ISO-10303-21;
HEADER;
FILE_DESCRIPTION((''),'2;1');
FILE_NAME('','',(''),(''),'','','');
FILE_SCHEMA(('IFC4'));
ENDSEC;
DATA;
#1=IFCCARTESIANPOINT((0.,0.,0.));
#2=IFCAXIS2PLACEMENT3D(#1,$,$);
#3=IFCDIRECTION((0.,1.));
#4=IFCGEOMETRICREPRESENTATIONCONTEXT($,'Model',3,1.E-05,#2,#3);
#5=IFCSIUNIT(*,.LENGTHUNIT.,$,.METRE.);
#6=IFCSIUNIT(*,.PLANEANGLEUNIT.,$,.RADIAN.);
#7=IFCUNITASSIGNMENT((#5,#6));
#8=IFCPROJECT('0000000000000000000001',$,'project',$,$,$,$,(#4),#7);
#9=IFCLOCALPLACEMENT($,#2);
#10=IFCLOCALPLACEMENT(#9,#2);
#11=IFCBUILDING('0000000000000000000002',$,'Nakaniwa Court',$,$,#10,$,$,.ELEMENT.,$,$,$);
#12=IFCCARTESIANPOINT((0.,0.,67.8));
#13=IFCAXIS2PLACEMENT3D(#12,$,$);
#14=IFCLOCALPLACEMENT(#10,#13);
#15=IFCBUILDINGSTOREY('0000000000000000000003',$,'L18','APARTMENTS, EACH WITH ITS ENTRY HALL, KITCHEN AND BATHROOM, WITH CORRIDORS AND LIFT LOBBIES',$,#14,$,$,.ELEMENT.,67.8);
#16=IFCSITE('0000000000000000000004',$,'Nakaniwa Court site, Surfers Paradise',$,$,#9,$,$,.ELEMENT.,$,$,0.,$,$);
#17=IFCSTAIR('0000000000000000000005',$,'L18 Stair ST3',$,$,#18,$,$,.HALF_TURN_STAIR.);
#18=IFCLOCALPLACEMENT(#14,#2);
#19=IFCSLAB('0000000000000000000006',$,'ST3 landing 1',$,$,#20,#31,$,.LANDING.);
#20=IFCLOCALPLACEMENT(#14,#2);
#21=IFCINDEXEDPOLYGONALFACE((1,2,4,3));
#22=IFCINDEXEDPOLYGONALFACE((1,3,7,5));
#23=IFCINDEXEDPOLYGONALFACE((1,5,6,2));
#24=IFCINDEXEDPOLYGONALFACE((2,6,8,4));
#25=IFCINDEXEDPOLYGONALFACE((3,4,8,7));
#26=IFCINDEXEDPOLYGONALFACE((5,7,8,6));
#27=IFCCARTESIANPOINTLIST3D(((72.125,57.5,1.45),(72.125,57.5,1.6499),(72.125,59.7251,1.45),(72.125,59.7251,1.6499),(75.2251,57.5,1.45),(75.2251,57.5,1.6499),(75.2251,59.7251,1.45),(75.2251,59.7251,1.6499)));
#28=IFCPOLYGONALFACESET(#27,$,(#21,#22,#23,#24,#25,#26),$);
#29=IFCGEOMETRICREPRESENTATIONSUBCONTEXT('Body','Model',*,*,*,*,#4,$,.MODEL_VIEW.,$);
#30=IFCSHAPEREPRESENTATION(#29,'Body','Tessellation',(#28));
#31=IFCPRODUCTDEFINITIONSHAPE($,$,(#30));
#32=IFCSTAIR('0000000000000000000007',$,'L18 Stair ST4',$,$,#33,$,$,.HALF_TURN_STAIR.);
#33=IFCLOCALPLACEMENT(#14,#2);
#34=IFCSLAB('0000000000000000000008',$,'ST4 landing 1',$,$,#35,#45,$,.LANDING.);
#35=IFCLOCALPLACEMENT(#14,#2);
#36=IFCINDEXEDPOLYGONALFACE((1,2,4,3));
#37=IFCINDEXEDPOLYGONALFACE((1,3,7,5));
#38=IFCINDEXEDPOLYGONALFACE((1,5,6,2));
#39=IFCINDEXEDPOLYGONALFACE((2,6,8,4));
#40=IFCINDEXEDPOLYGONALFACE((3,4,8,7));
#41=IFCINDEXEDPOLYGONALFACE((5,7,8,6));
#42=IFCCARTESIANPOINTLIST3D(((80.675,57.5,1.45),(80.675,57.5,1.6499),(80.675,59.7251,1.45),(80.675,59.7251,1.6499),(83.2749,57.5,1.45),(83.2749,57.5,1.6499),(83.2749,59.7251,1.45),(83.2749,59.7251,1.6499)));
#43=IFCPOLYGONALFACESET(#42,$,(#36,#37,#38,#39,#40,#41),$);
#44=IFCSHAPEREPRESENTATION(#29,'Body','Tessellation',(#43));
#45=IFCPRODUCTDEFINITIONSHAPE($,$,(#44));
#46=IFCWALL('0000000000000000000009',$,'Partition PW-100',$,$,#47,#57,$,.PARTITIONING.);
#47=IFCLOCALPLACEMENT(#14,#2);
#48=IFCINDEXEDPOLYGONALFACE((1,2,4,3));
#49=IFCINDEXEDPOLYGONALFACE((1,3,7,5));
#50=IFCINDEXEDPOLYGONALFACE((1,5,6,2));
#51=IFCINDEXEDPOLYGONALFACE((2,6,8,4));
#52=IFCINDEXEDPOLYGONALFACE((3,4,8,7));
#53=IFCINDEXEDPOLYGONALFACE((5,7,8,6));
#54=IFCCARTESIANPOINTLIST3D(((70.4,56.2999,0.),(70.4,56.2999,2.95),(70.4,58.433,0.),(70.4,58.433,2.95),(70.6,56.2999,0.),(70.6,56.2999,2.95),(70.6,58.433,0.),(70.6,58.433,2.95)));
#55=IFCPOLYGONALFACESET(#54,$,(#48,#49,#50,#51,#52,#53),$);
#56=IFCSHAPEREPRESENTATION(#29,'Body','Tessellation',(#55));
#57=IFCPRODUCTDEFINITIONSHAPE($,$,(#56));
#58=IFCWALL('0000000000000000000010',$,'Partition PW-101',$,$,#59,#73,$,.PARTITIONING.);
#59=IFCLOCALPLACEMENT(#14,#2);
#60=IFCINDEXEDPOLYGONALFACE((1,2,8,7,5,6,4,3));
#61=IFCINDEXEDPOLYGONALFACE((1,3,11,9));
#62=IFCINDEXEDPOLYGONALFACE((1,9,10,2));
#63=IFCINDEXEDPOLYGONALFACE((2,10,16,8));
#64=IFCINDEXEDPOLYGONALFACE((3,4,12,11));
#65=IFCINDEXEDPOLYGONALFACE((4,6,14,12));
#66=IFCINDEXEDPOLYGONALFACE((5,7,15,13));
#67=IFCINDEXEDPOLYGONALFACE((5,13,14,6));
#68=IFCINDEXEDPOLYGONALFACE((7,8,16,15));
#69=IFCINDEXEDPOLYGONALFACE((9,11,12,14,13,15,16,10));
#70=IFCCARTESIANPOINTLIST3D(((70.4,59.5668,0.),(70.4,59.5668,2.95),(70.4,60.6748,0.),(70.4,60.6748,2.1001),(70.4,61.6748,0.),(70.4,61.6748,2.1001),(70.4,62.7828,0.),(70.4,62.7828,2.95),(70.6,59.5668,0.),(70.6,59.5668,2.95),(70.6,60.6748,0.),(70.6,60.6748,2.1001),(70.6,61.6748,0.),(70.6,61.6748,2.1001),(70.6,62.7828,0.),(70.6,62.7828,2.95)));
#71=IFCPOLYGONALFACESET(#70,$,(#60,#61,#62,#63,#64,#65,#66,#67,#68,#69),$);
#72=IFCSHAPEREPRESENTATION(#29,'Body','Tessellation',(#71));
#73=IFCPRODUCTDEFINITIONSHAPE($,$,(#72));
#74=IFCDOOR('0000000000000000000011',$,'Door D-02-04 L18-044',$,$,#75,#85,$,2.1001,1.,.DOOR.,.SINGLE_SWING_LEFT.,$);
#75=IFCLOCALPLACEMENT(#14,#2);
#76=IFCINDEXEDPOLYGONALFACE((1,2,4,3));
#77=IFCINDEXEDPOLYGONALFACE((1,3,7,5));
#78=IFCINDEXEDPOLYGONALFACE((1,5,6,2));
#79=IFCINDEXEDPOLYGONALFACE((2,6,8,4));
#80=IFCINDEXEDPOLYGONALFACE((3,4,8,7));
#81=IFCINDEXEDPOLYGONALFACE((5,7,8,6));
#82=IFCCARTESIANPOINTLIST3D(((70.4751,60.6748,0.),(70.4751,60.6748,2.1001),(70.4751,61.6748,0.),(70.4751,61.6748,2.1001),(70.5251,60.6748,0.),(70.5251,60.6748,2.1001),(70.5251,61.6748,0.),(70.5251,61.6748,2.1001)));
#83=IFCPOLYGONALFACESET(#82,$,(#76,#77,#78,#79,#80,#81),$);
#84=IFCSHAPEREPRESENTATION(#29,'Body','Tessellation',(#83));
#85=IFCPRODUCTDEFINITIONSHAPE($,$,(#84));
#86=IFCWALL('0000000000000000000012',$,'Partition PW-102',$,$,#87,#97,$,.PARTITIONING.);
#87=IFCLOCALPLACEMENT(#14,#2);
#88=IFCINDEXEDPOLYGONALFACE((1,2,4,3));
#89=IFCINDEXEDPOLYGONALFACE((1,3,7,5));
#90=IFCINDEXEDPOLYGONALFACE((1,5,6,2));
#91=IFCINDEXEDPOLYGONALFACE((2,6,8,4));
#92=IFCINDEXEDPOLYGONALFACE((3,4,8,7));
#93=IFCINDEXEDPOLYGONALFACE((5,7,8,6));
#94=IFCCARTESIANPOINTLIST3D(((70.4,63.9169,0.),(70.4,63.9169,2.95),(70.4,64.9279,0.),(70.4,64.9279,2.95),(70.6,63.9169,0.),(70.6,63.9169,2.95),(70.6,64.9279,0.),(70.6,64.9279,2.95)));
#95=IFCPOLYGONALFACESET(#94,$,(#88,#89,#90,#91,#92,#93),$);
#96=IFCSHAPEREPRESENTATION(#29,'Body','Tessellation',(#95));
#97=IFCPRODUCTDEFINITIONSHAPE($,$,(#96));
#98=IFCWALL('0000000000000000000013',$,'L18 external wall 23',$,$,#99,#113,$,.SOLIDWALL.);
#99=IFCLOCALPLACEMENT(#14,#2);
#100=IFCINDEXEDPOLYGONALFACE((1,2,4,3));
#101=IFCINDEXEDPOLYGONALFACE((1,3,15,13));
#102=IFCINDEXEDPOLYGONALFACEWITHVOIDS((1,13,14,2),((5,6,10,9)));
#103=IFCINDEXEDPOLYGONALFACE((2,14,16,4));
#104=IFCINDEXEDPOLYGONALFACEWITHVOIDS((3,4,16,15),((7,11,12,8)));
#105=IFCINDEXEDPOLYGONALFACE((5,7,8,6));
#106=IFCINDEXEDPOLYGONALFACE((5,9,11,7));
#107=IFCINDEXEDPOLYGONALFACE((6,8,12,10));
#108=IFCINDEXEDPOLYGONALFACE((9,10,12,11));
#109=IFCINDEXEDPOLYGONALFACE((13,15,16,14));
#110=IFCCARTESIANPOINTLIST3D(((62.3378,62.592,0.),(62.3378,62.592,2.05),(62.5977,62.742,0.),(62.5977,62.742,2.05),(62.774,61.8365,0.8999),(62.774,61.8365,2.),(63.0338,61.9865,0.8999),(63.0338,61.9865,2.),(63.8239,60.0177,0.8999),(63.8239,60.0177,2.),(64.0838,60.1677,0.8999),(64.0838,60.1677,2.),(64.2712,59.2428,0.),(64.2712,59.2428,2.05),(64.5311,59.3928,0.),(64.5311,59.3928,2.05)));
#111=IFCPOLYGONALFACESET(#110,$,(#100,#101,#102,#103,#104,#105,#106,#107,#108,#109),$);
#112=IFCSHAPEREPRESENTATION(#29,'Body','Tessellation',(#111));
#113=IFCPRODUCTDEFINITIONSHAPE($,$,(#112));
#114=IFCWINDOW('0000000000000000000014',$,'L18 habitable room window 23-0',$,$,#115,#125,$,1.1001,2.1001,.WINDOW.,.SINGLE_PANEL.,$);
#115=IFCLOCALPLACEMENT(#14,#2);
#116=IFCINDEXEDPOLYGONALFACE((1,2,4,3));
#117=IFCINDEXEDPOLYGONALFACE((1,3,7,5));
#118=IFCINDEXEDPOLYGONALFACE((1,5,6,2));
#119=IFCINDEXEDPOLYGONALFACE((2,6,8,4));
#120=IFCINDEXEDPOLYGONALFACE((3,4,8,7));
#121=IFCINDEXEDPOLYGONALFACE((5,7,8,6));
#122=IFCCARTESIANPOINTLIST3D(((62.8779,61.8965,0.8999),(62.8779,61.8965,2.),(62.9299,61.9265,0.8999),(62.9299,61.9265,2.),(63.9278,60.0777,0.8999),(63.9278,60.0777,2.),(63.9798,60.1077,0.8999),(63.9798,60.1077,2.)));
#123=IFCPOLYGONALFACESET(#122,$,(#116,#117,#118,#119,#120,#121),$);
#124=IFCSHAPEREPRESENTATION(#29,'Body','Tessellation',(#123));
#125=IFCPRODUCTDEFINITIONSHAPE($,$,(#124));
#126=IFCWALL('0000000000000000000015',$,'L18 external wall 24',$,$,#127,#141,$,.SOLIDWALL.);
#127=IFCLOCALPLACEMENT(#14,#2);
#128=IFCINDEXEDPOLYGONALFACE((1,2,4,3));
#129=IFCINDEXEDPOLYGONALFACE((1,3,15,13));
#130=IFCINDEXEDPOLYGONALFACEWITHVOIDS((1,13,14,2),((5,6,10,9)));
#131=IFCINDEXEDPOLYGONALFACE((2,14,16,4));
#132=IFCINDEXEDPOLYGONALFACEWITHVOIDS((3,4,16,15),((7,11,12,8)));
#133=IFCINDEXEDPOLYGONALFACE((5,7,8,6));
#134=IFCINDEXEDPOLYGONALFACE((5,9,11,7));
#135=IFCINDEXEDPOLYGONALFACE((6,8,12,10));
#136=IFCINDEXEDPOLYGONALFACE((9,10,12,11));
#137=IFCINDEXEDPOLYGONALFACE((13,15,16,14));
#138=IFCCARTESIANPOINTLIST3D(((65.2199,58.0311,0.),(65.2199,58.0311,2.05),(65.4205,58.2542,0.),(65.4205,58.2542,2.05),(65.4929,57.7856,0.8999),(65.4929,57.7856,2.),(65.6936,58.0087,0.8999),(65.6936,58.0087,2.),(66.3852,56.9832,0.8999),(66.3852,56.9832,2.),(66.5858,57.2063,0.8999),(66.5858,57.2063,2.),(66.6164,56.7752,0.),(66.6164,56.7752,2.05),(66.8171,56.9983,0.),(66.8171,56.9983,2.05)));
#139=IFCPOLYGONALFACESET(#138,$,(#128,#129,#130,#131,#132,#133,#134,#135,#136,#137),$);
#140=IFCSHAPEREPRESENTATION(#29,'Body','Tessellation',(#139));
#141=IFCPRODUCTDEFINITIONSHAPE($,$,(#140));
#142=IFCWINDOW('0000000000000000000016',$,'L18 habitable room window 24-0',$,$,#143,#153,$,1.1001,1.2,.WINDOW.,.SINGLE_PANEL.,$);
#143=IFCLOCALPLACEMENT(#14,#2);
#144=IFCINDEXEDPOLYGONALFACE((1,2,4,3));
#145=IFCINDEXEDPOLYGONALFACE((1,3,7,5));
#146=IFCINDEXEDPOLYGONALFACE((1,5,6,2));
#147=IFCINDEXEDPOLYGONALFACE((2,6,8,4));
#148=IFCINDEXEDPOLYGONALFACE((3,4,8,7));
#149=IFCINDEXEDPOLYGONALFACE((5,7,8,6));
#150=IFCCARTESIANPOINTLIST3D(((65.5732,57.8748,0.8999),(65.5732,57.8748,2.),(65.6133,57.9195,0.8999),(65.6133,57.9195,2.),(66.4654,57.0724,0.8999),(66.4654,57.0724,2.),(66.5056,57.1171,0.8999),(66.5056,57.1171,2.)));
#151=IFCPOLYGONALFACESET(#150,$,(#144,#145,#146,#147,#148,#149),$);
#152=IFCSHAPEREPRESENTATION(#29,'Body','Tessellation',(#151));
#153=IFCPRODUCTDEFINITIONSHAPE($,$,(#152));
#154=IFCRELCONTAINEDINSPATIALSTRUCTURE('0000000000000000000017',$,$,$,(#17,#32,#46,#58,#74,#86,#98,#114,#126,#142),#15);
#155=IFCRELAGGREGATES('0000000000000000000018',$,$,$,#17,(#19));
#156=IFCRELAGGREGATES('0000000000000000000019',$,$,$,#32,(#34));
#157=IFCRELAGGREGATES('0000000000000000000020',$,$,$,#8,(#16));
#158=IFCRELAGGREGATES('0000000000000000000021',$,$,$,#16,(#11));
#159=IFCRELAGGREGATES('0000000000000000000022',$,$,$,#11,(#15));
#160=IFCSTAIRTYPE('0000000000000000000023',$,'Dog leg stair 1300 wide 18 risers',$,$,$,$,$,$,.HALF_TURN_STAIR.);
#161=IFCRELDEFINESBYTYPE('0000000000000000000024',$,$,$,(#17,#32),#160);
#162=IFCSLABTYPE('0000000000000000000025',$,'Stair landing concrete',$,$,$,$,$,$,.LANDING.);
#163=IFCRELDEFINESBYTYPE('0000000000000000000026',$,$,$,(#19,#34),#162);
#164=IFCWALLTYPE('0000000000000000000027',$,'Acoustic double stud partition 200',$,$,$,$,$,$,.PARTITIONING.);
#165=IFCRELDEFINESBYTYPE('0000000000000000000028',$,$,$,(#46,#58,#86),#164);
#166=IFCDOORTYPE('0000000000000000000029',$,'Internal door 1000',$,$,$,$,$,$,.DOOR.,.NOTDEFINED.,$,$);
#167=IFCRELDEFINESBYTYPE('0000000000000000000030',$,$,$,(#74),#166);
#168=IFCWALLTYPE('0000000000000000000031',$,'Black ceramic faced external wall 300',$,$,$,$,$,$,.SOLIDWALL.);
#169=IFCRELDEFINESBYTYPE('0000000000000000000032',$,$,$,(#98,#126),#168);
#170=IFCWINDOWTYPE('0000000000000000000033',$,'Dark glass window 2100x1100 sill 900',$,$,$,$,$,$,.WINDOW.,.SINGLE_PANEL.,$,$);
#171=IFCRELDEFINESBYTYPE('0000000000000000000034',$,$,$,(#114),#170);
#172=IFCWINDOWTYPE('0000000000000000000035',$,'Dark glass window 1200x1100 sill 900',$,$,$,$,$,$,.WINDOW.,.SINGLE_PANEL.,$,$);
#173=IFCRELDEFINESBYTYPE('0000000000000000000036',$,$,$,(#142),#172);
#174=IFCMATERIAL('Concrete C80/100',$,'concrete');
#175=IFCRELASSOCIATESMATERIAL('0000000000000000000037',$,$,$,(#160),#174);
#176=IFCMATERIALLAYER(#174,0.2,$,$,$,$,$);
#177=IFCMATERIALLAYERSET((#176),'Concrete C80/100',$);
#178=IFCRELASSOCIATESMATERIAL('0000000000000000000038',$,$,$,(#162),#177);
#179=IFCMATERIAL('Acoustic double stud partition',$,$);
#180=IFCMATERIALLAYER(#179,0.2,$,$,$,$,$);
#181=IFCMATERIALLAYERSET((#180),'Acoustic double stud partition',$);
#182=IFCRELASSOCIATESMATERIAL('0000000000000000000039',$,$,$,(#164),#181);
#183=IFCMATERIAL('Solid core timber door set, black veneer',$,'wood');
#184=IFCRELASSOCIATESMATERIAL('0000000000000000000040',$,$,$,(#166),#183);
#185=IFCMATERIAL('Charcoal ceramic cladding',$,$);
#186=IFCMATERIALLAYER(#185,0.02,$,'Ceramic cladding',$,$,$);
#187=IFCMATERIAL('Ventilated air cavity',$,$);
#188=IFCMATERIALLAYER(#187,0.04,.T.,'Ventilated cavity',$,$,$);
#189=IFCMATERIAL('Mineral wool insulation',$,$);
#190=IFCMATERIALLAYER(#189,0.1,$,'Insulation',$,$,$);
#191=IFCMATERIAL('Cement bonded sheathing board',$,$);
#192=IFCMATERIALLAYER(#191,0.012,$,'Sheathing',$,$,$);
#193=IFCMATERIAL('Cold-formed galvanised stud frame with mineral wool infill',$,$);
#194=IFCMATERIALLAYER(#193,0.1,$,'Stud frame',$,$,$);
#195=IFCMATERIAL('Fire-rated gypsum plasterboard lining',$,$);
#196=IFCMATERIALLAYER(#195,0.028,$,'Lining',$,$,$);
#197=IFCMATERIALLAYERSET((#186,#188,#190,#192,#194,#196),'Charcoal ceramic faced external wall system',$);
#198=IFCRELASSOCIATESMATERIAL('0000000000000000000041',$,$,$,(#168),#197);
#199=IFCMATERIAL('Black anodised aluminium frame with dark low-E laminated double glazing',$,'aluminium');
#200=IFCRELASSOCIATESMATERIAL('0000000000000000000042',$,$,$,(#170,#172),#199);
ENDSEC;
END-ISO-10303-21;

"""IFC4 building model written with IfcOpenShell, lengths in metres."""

from ifc_helpers import new_model, si_unit, direction, frame, frame_2d, origin, place, context, subcontext, project, spatial, polyline, rectangle, outline, extrude, material, layer, layer_set, type_object, element, fill, aggregate, save


model = new_model("IFC4")

# Units and contexts
model_context = context("Model", 3, precision=1e-05, world=origin(), true_north=direction((0.0, 1.0)))
body_context = subcontext(model_context, "Body", "Model", "MODEL_VIEW")
ifc_project = project(units=[si_unit("LENGTHUNIT", "METRE"), si_unit("PLANEANGLEUNIT", "RADIAN")], contexts=[model_context])

# Site, building, storey
site_placement = place(None, origin())
site = spatial("IfcSite", under=ifc_project, at=site_placement, Name="Nakaniwa Court site, Surfers Paradise", CompositionType="ELEMENT", RefElevation=0.0)
building_placement = place(site_placement, origin())
building = spatial("IfcBuilding", under=site, at=building_placement, Name="Nakaniwa Court", CompositionType="ELEMENT")
storey_placement = place(building_placement, frame((0.0, 0.0, 67.8)))
storey = spatial("IfcBuildingStorey", under=building, at=storey_placement, Name="L18", Description="APARTMENTS, EACH WITH ITS ENTRY HALL, KITCHEN AND BATHROOM, WITH CORRIDORS AND LIFT LOBBIES", CompositionType="ELEMENT", Elevation=67.8)

# Stairs, slabs
ifc_material_1 = material(Name="Concrete C80/100", Category="concrete")
stair_type = type_object("IfcStairType", Name="Dog leg stair 1300 wide 18 risers", PredefinedType="HALF_TURN_STAIR", material=ifc_material_1)
ifc_layer_1 = layer(ifc_material_1, 0.2)
ifc_layer_set_1 = layer_set([ifc_layer_1], Name="Concrete C80/100")
slab_type_1 = type_object("IfcSlabType", Name="Stair landing concrete", PredefinedType="LANDING", material=ifc_layer_set_1)
stair_1_placement = place(storey_placement, origin())
stair_1 = element("IfcStair", 1, at=stair_1_placement, inside=storey, type_object=stair_type, Name="L18 Stair ST3", PredefinedType="HALF_TURN_STAIR")
slab_1_placement = place(storey_placement, frame((0.0, 0.0, 1.45)))
slab_1 = element("IfcSlab", 2, at=slab_1_placement, type_object=slab_type_1, Name="ST3 landing 1", PredefinedType="LANDING", context=body_context, shape_type="SweptSolid", body=[
    extrude(outline(polyline([(75.2251, 57.5), (75.2251, 59.7251), (72.125, 59.7251), (72.125, 57.5), (75.2251, 57.5)])), origin(), (0.0, 0.0, 1.0), 0.2),
])
aggregate(stair_1, [slab_1])
stair_2_placement = place(storey_placement, origin())
stair_2 = element("IfcStair", 3, at=stair_2_placement, inside=storey, type_object=stair_type, Name="L18 Stair ST4", PredefinedType="HALF_TURN_STAIR")
slab_2_placement = place(storey_placement, frame((0.0, 0.0, 1.45)))
slab_2 = element("IfcSlab", 4, at=slab_2_placement, type_object=slab_type_1, Name="ST4 landing 1", PredefinedType="LANDING", context=body_context, shape_type="SweptSolid", body=[
    extrude(outline(polyline([(83.2749, 57.5), (83.2749, 59.7251), (80.675, 59.7251), (80.675, 57.5), (83.2749, 57.5)])), origin(), (0.0, 0.0, 1.0), 0.2),
])
aggregate(stair_2, [slab_2])

# Wall
ifc_material_2 = material(Name="Acoustic double stud partition")
ifc_layer_2 = layer(ifc_material_2, 0.2)
ifc_layer_set_2 = layer_set([ifc_layer_2], Name="Acoustic double stud partition")
wall_type_1 = type_object("IfcWallType", Name="Acoustic double stud partition 200", PredefinedType="PARTITIONING", material=ifc_layer_set_2)
wall_1_placement = place(storey_placement, frame((70.5, 56.3, 0.0), z_axis=(0.0, 0.0, 1.0), x_axis=(0.0, 1.0, 0.0)))
element("IfcWall", 5, at=wall_1_placement, inside=storey, type_object=wall_type_1, Name="Partition PW-100", PredefinedType="PARTITIONING", context=body_context, shape_type="SweptSolid", body=[
    extrude(rectangle(XDim=2.1331, YDim=0.2, at=frame_2d((1.0664, 0.0))), origin(), (0.0, 0.0, 1.0), 2.95),
])

# Wall, opening, door
wall_2_placement = place(storey_placement, frame((70.5, 59.5669, 0.0), z_axis=(0.0, 0.0, 1.0), x_axis=(0.0, 1.0, 0.0)))
wall_2 = element("IfcWall", 6, at=wall_2_placement, inside=storey, type_object=wall_type_1, Name="Partition PW-101", PredefinedType="PARTITIONING", context=body_context, shape_type="SweptSolid", body=[
    extrude(rectangle(XDim=3.2161, YDim=0.2, at=frame_2d((1.6079, 0.0))), origin(), (0.0, 0.0, 1.0), 2.95),
])
opening_1_placement = place(wall_2_placement, frame((1.1079, 0.0, 0.0)))
opening_1 = element("IfcOpeningElement", 7, at=opening_1_placement, cuts=wall_2, PredefinedType="OPENING", context=body_context, shape_type="SweptSolid", body=[
    extrude(rectangle(XDim=1.0, YDim=2.1001, at=frame_2d((0.5, 1.05))), frame((0.0, 0.1099, 0.0), z_axis=(0.0, -1.0, 0.0), x_axis=(1.0, 0.0, 0.0)), (0.0, 0.0, 1.0), 0.22),
])
ifc_material_3 = material(Name="Solid core timber door set, black veneer", Category="wood")
door_type = type_object("IfcDoorType", Name="Internal door 1000", OperationType="NOTDEFINED", PredefinedType="DOOR", material=ifc_material_3)
door_placement = place(opening_1_placement, origin())
door = element("IfcDoor", 8, at=door_placement, inside=storey, type_object=door_type, Name="Door D-02-04 L18-044", OperationType="SINGLE_SWING_LEFT", OverallHeight=2.1001, OverallWidth=1.0, PredefinedType="DOOR", context=body_context, shape_type="SweptSolid", body=[
    extrude(rectangle(XDim=1.0, YDim=2.1001, at=frame_2d((0.5, 1.05))), frame((0.0, 0.0249, 0.0), z_axis=(0.0, -1.0, 0.0), x_axis=(1.0, 0.0, 0.0)), (0.0, 0.0, 1.0), 0.05),
])
fill(opening_1, door)

# Wall
wall_3_placement = place(storey_placement, frame((70.5, 63.917, 0.0), z_axis=(0.0, 0.0, 1.0), x_axis=(0.0, 1.0, 0.0)))
element("IfcWall", 9, at=wall_3_placement, inside=storey, type_object=wall_type_1, Name="Partition PW-102", PredefinedType="PARTITIONING", context=body_context, shape_type="SweptSolid", body=[
    extrude(rectangle(XDim=1.011, YDim=0.2, at=frame_2d((0.5054, 0.0))), origin(), (0.0, 0.0, 1.0), 2.95),
])

# Walls, openings, windows
ifc_material_4 = material(Name="Charcoal ceramic cladding")
ifc_layer_3 = layer(ifc_material_4, 0.02, Name="Ceramic cladding")
ifc_material_5 = material(Name="Ventilated air cavity")
ifc_layer_4 = layer(ifc_material_5, 0.04, ventilated=True, Name="Ventilated cavity")
ifc_material_6 = material(Name="Mineral wool insulation")
ifc_layer_5 = layer(ifc_material_6, 0.1, Name="Insulation")
ifc_material_7 = material(Name="Cement bonded sheathing board")
ifc_layer_6 = layer(ifc_material_7, 0.012, Name="Sheathing")
ifc_material_8 = material(Name="Cold-formed galvanised stud frame with mineral wool infill")
ifc_layer_7 = layer(ifc_material_8, 0.1, Name="Stud frame")
ifc_material_9 = material(Name="Fire-rated gypsum plasterboard lining")
ifc_layer_8 = layer(ifc_material_9, 0.028, Name="Lining")
ifc_layer_set_3 = layer_set([ifc_layer_3, ifc_layer_4, ifc_layer_5, ifc_layer_6, ifc_layer_7, ifc_layer_8], Name="Charcoal ceramic faced external wall system")
wall_type_2 = type_object("IfcWallType", Name="Black ceramic faced external wall 300", PredefinedType="SOLIDWALL", material=ifc_layer_set_3)
wall_4_placement = place(storey_placement, frame((62.4678, 62.667, 0.0), z_axis=(0.0, 0.0, 1.0), x_axis=(0.499948, -0.866055, 0.0)))
wall_4 = element("IfcWall", 10, at=wall_4_placement, inside=storey, type_object=wall_type_2, Name="L18 external wall 23", PredefinedType="SOLIDWALL", context=body_context, shape_type="SweptSolid", body=[
    extrude(rectangle(XDim=3.8672, YDim=0.3, at=frame_2d((1.9336, 0.0))), origin(), (0.0, 0.0, 1.0), 2.05),
])
opening_2_placement = place(wall_4_placement, frame((0.8723, 0.0, 0.8999)))
opening_2 = element("IfcOpeningElement", 11, at=opening_2_placement, cuts=wall_4, PredefinedType="OPENING", context=body_context, shape_type="SweptSolid", body=[
    extrude(rectangle(XDim=2.1001, YDim=1.1001, at=frame_2d((1.05, 0.55))), frame((0.0, 0.1599, 0.0), z_axis=(0.0, -1.0, 0.0), x_axis=(1.0, 0.0, 0.0)), (0.0, 0.0, 1.0), 0.3201),
])
ifc_material_10 = material(Name="Black anodised aluminium frame with dark low-E laminated double glazing", Category="aluminium")
window_type_1 = type_object("IfcWindowType", Name="Dark glass window 2100x1100 sill 900", PartitioningType="SINGLE_PANEL", PredefinedType="WINDOW", material=ifc_material_10)
window_1_placement = place(opening_2_placement, origin())
window_1 = element("IfcWindow", 12, at=window_1_placement, inside=storey, type_object=window_type_1, Name="L18 habitable room window 23-0", OverallHeight=1.1001, OverallWidth=2.1001, PartitioningType="SINGLE_PANEL", PredefinedType="WINDOW", context=body_context, shape_type="SweptSolid", body=[
    extrude(rectangle(XDim=2.1001, YDim=1.1001, at=frame_2d((1.05, 0.55))), frame((0.0, 0.03, 0.0), z_axis=(0.0, -1.0, 0.0), x_axis=(1.0, 0.0, 0.0)), (0.0, 0.0, 1.0), 0.0601),
])
fill(opening_2, window_1)
wall_5_placement = place(storey_placement, frame((65.3203, 58.1426, 0.0), z_axis=(0.0, 0.0, 1.0), x_axis=(0.743553, -0.668677, 0.0)))
wall_5 = element("IfcWall", 13, at=wall_5_placement, inside=storey, type_object=wall_type_2, Name="L18 external wall 24", PredefinedType="SOLIDWALL", context=body_context, shape_type="SweptSolid", body=[
    extrude(rectangle(XDim=1.8782, YDim=0.3, at=frame_2d((0.939, 0.0))), origin(), (0.0, 0.0, 1.0), 2.05),
])
opening_3_placement = place(wall_5_placement, frame((0.3669, 0.0, 0.8999)))
opening_3 = element("IfcOpeningElement", 14, at=opening_3_placement, cuts=wall_5, PredefinedType="OPENING", context=body_context, shape_type="SweptSolid", body=[
    extrude(rectangle(XDim=1.2, YDim=1.1001, at=frame_2d((0.6001, 0.55))), frame((0.0, 0.1599, 0.0), z_axis=(0.0, -1.0, 0.0), x_axis=(1.0, 0.0, 0.0)), (0.0, 0.0, 1.0), 0.3201),
])
window_type_2 = type_object("IfcWindowType", Name="Dark glass window 1200x1100 sill 900", PartitioningType="SINGLE_PANEL", PredefinedType="WINDOW", material=ifc_material_10)
window_2_placement = place(opening_3_placement, origin())
window_2 = element("IfcWindow", 15, at=window_2_placement, inside=storey, type_object=window_type_2, Name="L18 habitable room window 24-0", OverallHeight=1.1001, OverallWidth=1.2, PartitioningType="SINGLE_PANEL", PredefinedType="WINDOW", context=body_context, shape_type="SweptSolid", body=[
    extrude(rectangle(XDim=1.2, YDim=1.1001, at=frame_2d((0.6001, 0.55))), frame((0.0, 0.03, 0.0), z_axis=(0.0, -1.0, 0.0), x_axis=(1.0, 0.0, 0.0)), (0.0, 0.0, 1.0), 0.0601),
])
fill(opening_3, window_2)

save(model, "model.ifc")
